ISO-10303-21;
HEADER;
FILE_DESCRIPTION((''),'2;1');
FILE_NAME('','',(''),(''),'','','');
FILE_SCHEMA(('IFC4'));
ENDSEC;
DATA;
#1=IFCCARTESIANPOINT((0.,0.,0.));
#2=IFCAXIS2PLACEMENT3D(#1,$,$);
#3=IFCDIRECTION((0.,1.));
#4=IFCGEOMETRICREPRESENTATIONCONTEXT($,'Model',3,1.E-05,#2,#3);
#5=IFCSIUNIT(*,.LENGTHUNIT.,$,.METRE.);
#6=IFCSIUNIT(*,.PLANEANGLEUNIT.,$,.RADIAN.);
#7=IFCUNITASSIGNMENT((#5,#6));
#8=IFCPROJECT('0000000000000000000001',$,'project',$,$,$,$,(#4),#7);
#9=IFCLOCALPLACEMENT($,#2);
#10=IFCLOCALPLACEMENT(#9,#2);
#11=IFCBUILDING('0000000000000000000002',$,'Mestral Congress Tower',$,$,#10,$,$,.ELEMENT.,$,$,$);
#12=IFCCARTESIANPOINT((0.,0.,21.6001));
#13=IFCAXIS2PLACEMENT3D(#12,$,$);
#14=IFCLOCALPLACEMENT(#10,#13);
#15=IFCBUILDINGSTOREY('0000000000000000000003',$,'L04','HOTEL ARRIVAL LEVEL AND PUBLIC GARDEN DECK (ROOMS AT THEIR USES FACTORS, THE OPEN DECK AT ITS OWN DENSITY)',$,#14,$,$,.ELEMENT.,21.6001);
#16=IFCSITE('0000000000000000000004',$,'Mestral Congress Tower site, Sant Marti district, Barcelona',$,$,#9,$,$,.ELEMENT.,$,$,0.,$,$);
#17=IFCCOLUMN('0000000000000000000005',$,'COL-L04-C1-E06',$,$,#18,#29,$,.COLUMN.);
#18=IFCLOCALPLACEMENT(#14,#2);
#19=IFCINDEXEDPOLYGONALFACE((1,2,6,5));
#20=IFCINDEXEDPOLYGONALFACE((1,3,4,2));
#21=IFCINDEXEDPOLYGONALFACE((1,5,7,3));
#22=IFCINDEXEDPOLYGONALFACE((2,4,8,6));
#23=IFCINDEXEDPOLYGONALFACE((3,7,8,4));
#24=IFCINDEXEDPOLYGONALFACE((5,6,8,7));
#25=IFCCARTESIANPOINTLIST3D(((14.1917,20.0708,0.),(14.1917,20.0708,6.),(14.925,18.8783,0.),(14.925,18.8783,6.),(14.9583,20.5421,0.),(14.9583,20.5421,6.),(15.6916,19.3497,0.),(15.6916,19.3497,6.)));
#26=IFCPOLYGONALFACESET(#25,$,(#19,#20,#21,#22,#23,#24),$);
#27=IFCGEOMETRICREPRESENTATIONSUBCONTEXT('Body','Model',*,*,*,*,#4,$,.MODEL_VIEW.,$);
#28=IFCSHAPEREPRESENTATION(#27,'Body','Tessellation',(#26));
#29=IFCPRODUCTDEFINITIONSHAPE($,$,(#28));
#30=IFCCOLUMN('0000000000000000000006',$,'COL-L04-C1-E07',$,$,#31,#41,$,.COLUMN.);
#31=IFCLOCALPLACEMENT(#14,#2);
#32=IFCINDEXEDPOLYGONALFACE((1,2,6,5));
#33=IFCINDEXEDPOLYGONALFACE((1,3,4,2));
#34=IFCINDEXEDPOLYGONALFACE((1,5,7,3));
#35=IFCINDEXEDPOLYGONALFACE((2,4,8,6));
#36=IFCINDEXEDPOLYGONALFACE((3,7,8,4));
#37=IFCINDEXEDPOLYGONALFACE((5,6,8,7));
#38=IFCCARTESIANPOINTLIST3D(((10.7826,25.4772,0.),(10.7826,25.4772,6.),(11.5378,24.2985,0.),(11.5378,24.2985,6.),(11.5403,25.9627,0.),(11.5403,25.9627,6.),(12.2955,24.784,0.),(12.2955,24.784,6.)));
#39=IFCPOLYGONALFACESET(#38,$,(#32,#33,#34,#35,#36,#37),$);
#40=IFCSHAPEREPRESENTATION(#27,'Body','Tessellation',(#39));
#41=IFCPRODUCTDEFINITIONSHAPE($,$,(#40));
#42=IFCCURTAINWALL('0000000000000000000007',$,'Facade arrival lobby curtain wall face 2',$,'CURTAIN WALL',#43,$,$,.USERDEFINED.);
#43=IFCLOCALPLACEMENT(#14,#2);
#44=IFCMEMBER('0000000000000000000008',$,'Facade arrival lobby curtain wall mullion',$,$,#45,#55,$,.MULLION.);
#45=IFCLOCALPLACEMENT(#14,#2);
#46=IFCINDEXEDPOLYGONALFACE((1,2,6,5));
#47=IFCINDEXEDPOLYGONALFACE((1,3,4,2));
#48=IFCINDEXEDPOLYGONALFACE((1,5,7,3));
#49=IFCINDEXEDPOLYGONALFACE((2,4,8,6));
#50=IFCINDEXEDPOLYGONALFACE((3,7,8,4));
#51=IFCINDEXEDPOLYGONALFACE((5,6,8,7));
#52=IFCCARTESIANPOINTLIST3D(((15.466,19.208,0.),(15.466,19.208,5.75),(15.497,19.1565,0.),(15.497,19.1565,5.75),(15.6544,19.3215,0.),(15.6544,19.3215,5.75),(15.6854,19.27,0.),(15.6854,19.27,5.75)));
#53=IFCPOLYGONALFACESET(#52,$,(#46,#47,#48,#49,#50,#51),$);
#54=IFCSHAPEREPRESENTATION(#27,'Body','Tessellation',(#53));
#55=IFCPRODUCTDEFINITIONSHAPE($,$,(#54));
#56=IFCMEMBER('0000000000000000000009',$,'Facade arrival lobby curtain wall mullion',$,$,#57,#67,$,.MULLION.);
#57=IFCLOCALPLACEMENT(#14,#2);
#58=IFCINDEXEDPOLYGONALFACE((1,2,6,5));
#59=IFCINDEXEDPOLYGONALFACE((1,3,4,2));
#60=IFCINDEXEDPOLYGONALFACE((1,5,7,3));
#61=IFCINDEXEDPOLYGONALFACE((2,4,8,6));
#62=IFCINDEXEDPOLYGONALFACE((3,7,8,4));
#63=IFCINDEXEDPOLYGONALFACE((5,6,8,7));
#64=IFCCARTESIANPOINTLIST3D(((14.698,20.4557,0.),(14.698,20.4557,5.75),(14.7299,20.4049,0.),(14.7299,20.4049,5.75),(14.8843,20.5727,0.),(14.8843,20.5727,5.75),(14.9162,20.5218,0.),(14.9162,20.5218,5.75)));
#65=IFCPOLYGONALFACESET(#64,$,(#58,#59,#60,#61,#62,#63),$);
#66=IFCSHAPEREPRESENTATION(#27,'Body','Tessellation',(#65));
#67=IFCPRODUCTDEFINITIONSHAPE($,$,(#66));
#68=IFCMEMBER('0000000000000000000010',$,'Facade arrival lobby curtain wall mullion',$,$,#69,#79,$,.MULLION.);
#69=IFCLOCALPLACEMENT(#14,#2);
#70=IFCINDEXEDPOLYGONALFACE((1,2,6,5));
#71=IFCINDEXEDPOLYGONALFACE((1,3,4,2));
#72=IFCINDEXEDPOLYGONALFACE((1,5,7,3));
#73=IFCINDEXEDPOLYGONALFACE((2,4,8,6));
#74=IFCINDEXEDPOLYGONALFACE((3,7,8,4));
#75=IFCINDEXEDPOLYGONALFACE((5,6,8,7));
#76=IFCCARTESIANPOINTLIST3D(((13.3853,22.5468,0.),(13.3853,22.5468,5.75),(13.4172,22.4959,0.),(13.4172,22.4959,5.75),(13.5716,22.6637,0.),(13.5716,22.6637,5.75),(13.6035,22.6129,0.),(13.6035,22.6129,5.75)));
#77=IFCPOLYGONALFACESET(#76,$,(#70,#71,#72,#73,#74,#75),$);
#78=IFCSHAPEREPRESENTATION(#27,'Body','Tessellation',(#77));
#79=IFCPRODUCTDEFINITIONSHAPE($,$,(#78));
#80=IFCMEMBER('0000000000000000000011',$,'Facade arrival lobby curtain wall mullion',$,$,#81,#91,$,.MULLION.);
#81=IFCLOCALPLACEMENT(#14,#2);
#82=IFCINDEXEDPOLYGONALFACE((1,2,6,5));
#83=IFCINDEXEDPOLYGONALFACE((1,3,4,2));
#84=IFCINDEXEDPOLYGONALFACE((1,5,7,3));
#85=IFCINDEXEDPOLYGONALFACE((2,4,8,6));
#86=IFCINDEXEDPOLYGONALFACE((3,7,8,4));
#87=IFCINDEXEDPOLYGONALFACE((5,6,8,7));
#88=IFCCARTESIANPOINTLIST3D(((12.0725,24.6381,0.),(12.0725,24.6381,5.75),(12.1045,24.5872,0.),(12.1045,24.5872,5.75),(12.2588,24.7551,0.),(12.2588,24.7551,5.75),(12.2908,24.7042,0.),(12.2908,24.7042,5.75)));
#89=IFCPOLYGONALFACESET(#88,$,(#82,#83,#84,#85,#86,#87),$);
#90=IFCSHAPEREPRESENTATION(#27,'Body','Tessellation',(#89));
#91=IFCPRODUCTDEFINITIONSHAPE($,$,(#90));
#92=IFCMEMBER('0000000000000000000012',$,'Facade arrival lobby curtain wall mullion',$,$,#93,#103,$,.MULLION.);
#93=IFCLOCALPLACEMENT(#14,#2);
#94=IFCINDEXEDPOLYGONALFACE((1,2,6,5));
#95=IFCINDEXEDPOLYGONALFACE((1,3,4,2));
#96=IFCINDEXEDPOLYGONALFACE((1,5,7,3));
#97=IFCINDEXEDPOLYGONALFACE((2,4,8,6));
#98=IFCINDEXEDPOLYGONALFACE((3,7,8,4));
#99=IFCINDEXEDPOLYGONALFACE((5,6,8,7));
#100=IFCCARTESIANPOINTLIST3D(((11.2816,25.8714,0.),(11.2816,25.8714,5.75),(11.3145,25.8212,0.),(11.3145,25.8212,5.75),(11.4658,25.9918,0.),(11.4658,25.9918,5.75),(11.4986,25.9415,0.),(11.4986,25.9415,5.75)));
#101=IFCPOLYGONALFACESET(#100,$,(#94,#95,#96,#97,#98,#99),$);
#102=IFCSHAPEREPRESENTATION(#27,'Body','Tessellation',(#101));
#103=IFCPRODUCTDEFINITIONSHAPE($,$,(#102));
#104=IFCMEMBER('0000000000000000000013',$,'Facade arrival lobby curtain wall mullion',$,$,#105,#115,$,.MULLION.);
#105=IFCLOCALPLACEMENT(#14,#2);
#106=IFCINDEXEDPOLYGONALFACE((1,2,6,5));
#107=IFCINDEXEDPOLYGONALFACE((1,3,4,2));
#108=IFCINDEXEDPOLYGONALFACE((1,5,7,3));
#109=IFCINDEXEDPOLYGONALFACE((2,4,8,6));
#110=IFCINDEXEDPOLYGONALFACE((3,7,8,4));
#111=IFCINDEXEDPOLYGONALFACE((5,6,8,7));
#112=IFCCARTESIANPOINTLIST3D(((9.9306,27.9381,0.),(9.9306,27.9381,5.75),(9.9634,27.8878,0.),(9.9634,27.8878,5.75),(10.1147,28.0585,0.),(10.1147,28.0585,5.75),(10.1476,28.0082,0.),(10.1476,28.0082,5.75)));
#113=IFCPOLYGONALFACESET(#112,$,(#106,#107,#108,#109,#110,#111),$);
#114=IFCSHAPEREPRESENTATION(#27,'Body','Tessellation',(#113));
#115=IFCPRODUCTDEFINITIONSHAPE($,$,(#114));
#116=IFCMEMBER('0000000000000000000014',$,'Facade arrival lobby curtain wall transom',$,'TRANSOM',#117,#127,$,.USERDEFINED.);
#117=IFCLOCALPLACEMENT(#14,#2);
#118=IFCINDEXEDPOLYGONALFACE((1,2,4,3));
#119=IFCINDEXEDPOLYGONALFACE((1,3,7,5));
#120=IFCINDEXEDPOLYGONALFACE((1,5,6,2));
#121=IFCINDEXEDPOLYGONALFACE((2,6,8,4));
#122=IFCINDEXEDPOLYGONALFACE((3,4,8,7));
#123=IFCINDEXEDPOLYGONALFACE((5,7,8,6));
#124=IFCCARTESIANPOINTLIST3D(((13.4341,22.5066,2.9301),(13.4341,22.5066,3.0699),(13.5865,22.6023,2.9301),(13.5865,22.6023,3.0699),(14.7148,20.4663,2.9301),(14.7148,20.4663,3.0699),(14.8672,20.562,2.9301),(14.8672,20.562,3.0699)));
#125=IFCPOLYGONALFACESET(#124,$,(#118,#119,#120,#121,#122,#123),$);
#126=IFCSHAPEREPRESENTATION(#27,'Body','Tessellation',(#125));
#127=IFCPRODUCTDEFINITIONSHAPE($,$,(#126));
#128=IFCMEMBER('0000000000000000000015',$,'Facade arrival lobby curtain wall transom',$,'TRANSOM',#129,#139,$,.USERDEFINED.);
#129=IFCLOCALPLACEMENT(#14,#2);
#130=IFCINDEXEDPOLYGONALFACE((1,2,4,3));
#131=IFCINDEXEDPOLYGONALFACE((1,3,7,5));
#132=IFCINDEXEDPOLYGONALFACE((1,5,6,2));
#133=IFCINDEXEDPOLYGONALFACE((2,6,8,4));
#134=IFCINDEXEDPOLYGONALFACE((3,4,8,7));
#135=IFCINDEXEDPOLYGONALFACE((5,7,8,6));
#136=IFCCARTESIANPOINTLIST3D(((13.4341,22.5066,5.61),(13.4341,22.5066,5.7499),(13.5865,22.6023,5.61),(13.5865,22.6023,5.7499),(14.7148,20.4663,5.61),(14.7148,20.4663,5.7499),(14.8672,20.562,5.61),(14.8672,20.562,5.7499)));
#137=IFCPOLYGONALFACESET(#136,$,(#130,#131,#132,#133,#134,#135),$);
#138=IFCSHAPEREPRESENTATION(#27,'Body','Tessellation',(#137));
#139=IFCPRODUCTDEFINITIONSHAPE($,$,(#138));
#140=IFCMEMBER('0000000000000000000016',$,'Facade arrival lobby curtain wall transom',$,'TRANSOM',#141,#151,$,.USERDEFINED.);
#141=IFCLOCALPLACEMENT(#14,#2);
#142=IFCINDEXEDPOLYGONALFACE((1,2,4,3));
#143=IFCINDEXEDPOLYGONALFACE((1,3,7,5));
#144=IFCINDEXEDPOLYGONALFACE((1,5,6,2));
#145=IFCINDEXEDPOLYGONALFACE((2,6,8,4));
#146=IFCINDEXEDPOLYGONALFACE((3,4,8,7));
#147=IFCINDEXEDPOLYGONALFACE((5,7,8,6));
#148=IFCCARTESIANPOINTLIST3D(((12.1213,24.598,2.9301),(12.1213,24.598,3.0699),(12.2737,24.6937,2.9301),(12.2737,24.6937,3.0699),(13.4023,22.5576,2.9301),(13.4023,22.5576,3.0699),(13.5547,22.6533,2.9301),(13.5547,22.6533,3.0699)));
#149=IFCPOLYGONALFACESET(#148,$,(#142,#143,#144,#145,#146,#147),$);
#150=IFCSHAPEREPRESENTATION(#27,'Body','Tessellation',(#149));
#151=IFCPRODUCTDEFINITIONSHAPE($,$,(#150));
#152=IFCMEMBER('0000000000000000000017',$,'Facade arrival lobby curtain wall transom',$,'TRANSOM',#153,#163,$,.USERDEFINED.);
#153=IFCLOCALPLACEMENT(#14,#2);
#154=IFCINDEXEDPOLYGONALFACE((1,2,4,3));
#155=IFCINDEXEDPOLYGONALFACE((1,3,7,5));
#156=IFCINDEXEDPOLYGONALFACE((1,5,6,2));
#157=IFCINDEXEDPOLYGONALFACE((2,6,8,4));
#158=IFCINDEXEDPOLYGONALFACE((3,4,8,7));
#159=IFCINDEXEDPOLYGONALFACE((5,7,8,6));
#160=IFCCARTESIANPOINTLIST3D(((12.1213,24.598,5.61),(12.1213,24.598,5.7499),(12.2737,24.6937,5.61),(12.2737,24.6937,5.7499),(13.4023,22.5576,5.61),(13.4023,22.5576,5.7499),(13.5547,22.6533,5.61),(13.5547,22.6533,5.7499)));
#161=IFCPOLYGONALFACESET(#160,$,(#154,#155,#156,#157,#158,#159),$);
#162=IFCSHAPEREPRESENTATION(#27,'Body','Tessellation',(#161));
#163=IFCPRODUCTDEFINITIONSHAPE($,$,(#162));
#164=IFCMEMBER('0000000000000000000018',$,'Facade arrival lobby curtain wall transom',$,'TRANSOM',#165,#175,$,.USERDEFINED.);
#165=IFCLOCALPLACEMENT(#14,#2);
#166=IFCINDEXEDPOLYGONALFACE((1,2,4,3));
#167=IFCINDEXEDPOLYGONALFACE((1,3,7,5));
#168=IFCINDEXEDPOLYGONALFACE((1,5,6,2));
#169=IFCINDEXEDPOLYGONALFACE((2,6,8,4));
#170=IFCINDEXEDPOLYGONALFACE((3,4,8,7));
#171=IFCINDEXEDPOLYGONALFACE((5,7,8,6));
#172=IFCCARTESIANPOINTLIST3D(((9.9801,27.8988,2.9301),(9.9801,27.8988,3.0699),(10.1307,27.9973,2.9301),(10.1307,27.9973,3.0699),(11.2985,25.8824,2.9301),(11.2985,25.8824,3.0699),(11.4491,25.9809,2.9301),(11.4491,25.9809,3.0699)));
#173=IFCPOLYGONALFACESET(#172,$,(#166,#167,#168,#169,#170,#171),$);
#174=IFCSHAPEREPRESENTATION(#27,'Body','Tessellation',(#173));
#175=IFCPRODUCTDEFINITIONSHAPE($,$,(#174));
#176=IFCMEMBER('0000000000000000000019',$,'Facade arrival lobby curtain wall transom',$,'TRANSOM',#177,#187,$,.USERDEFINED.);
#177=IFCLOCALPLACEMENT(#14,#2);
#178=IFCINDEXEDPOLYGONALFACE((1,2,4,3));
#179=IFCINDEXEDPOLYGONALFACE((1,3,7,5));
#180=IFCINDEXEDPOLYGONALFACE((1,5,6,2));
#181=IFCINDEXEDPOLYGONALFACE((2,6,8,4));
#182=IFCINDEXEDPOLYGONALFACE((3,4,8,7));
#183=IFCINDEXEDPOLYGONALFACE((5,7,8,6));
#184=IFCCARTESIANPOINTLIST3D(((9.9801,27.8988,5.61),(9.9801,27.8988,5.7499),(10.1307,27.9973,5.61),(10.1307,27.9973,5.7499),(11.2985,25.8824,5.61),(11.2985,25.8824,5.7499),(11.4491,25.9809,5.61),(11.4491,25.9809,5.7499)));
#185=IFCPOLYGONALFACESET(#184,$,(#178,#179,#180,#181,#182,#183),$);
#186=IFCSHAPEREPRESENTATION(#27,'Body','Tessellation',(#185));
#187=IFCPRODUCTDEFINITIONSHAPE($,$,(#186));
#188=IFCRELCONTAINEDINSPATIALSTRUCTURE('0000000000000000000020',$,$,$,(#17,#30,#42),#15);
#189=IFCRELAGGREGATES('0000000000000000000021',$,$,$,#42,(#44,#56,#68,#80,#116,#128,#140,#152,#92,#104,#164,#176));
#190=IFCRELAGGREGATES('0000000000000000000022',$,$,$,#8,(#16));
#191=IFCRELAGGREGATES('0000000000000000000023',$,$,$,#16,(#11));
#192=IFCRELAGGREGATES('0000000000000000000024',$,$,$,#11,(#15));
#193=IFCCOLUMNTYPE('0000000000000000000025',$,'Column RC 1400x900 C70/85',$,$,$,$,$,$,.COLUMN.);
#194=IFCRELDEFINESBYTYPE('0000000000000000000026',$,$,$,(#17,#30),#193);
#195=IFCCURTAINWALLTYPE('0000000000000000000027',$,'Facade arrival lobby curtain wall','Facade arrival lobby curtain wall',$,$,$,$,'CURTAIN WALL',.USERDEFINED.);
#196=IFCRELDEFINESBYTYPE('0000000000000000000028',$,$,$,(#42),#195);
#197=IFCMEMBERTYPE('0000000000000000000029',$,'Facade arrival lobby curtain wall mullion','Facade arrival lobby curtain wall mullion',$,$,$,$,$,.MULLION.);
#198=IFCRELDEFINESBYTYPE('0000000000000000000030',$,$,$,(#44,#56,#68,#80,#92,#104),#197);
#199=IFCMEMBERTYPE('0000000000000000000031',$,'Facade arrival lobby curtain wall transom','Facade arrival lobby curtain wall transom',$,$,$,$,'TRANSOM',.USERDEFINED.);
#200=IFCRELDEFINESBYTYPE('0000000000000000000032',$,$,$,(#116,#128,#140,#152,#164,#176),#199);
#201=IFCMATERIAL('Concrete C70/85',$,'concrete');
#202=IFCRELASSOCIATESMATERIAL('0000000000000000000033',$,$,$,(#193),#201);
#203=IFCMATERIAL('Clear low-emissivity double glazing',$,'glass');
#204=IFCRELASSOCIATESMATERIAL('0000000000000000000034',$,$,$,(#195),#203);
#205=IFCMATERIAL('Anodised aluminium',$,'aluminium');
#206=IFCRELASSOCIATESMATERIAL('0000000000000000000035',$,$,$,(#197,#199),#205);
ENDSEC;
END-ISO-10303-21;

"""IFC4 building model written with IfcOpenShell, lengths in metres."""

from ifc_helpers import new_model, si_unit, direction, frame, origin, origin_2d, place, context, subcontext, project, spatial, rectangle, extrude, material, material_profile, profile_set, type_object, element, aggregate, save


model = new_model("IFC4")

# Units and contexts
model_context = context("Model", 3, precision=1e-05, world=origin(), true_north=direction((0.0, 1.0)))
body_context = subcontext(model_context, "Body", "Model", "MODEL_VIEW")
ifc_project = project(units=[si_unit("LENGTHUNIT", "METRE"), si_unit("PLANEANGLEUNIT", "RADIAN")], contexts=[model_context])

# Site, building, storey
site_placement = place(None, origin())
site = spatial("IfcSite", under=ifc_project, at=site_placement, Name="Mestral Congress Tower site, Sant Marti district, Barcelona", CompositionType="ELEMENT", RefElevation=0.0)
building_placement = place(site_placement, origin())
building = spatial("IfcBuilding", under=site, at=building_placement, Name="Mestral Congress Tower", CompositionType="ELEMENT")
storey_placement = place(building_placement, frame((0.0, 0.0, 21.6001)))
storey = spatial("IfcBuildingStorey", under=building, at=storey_placement, Name="L04", Description="HOTEL ARRIVAL LEVEL AND PUBLIC GARDEN DECK (ROOMS AT THEIR USES FACTORS, THE OPEN DECK AT ITS OWN DENSITY)", CompositionType="ELEMENT", Elevation=21.6001)

# Columns
ifc_material_1 = material(Name="Concrete C70/85", Category="concrete")
ifc_material_profile_1 = material_profile(ifc_material_1, rectangle(XDim=1.3999, YDim=0.8999, at=origin_2d()), Name="RC 1400x900")
ifc_profile_set_1 = profile_set([ifc_material_profile_1], Name="Concrete C70/85")
column_type = type_object("IfcColumnType", Name="Column RC 1400x900 C70/85", PredefinedType="COLUMN", material=ifc_profile_set_1)
for number, where, z_axis, x_axis, name in (
    (1, (14.9417, 19.7102, 0.0), (0.0, 0.0, 1.0), (-0.523819, 0.851829, 0.0), "COL-L04-C1-E06"),
    (2, (11.5391, 25.1306, 0.0), (0.0, 0.0, 1.0), (-0.539476, 0.842001, 0.0), "COL-L04-C1-E07"),
):
    element("IfcColumn", number, at=place(storey_placement, frame(where, z_axis=z_axis, x_axis=x_axis)), inside=storey, type_object=column_type, Name=name, PredefinedType="COLUMN", context=body_context, shape_type="SweptSolid", body=[
        extrude(rectangle(XDim=1.3999, YDim=0.8999, at=origin_2d()), origin(), (0.0, 0.0, 1.0), 6.0),
    ])

# Curtain wall, members
ifc_material_2 = material(Name="Clear low-emissivity double glazing", Category="glass")
curtain_wall_type = type_object("IfcCurtainWallType", Name="Facade arrival lobby curtain wall", Description="Facade arrival lobby curtain wall", ElementType="CURTAIN WALL", PredefinedType="USERDEFINED", material=ifc_material_2)
curtain_wall_placement = place(storey_placement, origin())
curtain_wall = element("IfcCurtainWall", 3, at=curtain_wall_placement, inside=storey, type_object=curtain_wall_type, Name="Facade arrival lobby curtain wall face 2", ObjectType="CURTAIN WALL", PredefinedType="USERDEFINED")
ifc_material_3 = material(Name="Anodised aluminium", Category="aluminium")
ifc_material_profile_2 = material_profile(ifc_material_3, rectangle(XDim=0.22, YDim=0.0601, at=origin_2d()), Name="CW4 mullion 220 x 60")
ifc_profile_set_2 = profile_set([ifc_material_profile_2], Name="Anodised aluminium")
member_type_1 = type_object("IfcMemberType", Name="Facade arrival lobby curtain wall mullion", Description="Facade arrival lobby curtain wall mullion", PredefinedType="MULLION", material=ifc_profile_set_2)
member_1_placement = place(storey_placement, frame((15.5757, 19.239, 0.0), z_axis=(0.0, 0.0, 1.0), x_axis=(0.856631, 0.515929, 0.0)))
member_1 = element("IfcMember", 4, at=member_1_placement, type_object=member_type_1, Name="Facade arrival lobby curtain wall mullion", PredefinedType="MULLION", context=body_context, shape_type="SweptSolid", body=[
    extrude(rectangle(XDim=0.22, YDim=0.0601, at=origin_2d()), origin(), (0.0, 0.0, 1.0), 5.75),
])
member_2_placement = place(storey_placement, frame((14.8071, 20.4888, 0.0), z_axis=(0.0, 0.0, 1.0), x_axis=(0.846953, 0.531668, 0.0)))
member_2 = element("IfcMember", 5, at=member_2_placement, type_object=member_type_1, Name="Facade arrival lobby curtain wall mullion", PredefinedType="MULLION", context=body_context, shape_type="SweptSolid", body=[
    extrude(rectangle(XDim=0.22, YDim=0.0601, at=origin_2d()), origin(), (0.0, 0.0, 1.0), 5.75),
])
member_3_placement = place(storey_placement, frame((13.4944, 22.5798, 0.0), z_axis=(0.0, 0.0, 1.0), x_axis=(0.846953, 0.531668, 0.0)))
member_3 = element("IfcMember", 6, at=member_3_placement, type_object=member_type_1, Name="Facade arrival lobby curtain wall mullion", PredefinedType="MULLION", context=body_context, shape_type="SweptSolid", body=[
    extrude(rectangle(XDim=0.22, YDim=0.0601, at=origin_2d()), origin(), (0.0, 0.0, 1.0), 5.75),
])
member_4_placement = place(storey_placement, frame((12.1816, 24.6711, 0.0), z_axis=(0.0, 0.0, 1.0), x_axis=(0.846953, 0.531668, 0.0)))
member_4 = element("IfcMember", 7, at=member_4_placement, type_object=member_type_1, Name="Facade arrival lobby curtain wall mullion", PredefinedType="MULLION", context=body_context, shape_type="SweptSolid", body=[
    extrude(rectangle(XDim=0.22, YDim=0.0601, at=origin_2d()), origin(), (0.0, 0.0, 1.0), 5.75),
])
member_5_placement = place(storey_placement, frame((11.3901, 25.9065, 0.0), z_axis=(0.0, 0.0, 1.0), x_axis=(0.836982, 0.54723, 0.0)))
member_5 = element("IfcMember", 8, at=member_5_placement, type_object=member_type_1, Name="Facade arrival lobby curtain wall mullion", PredefinedType="MULLION", context=body_context, shape_type="SweptSolid", body=[
    extrude(rectangle(XDim=0.22, YDim=0.0601, at=origin_2d()), origin(), (0.0, 0.0, 1.0), 5.75),
])
member_6_placement = place(storey_placement, frame((10.0391, 27.9731, 0.0), z_axis=(0.0, 0.0, 1.0), x_axis=(0.836982, 0.54723, 0.0)))
member_6 = element("IfcMember", 9, at=member_6_placement, type_object=member_type_1, Name="Facade arrival lobby curtain wall mullion", PredefinedType="MULLION", context=body_context, shape_type="SweptSolid", body=[
    extrude(rectangle(XDim=0.22, YDim=0.0601, at=origin_2d()), origin(), (0.0, 0.0, 1.0), 5.75),
])
ifc_material_profile_3 = material_profile(ifc_material_3, rectangle(XDim=0.1799, YDim=0.1399, at=origin_2d()), Name="CW4 transom 180 x 140")
ifc_profile_set_3 = profile_set([ifc_material_profile_3], Name="Anodised aluminium")
member_type_2 = type_object("IfcMemberType", Name="Facade arrival lobby curtain wall transom", Description="Facade arrival lobby curtain wall transom", ElementType="TRANSOM", PredefinedType="USERDEFINED", material=ifc_profile_set_3)
member_7_placement = place(storey_placement, frame((14.791, 20.5142, 3.0), z_axis=(-0.531665, 0.846955, 0.0), x_axis=(-0.846955, -0.531665, 0.0)))
member_7 = element("IfcMember", 10, at=member_7_placement, type_object=member_type_2, Name="Facade arrival lobby curtain wall transom", ObjectType="TRANSOM", PredefinedType="USERDEFINED", context=body_context, shape_type="SweptSolid", body=[
    extrude(rectangle(XDim=0.1799, YDim=0.1399, at=origin_2d()), origin(), (0.0, 0.0, 1.0), 2.4089),
])
member_8_placement = place(storey_placement, frame((14.791, 20.5142, 5.6799), z_axis=(-0.531665, 0.846955, 0.0), x_axis=(-0.846955, -0.531665, 0.0)))
member_8 = element("IfcMember", 11, at=member_8_placement, type_object=member_type_2, Name="Facade arrival lobby curtain wall transom", ObjectType="TRANSOM", PredefinedType="USERDEFINED", context=body_context, shape_type="SweptSolid", body=[
    extrude(rectangle(XDim=0.1799, YDim=0.1399, at=origin_2d()), origin(), (0.0, 0.0, 1.0), 2.4089),
])
member_9_placement = place(storey_placement, frame((13.4785, 22.6055, 3.0), z_axis=(-0.531738, 0.846909, 0.0), x_axis=(-0.846909, -0.531738, 0.0)))
member_9 = element("IfcMember", 12, at=member_9_placement, type_object=member_type_2, Name="Facade arrival lobby curtain wall transom", ObjectType="TRANSOM", PredefinedType="USERDEFINED", context=body_context, shape_type="SweptSolid", body=[
    extrude(rectangle(XDim=0.1799, YDim=0.1399, at=origin_2d()), origin(), (0.0, 0.0, 1.0), 2.4092),
])
member_10_placement = place(storey_placement, frame((13.4785, 22.6055, 5.6799), z_axis=(-0.531738, 0.846909, 0.0), x_axis=(-0.846909, -0.531738, 0.0)))
member_10 = element("IfcMember", 13, at=member_10_placement, type_object=member_type_2, Name="Facade arrival lobby curtain wall transom", ObjectType="TRANSOM", PredefinedType="USERDEFINED", context=body_context, shape_type="SweptSolid", body=[
    extrude(rectangle(XDim=0.1799, YDim=0.1399, at=origin_2d()), origin(), (0.0, 0.0, 1.0), 2.4092),
])
member_11_placement = place(storey_placement, frame((11.3738, 25.9316, 3.0), z_axis=(-0.547241, 0.836975, 0.0), x_axis=(-0.836975, -0.547241, 0.0)))
member_11 = element("IfcMember", 14, at=member_11_placement, type_object=member_type_2, Name="Facade arrival lobby curtain wall transom", ObjectType="TRANSOM", PredefinedType="USERDEFINED", context=body_context, shape_type="SweptSolid", body=[
    extrude(rectangle(XDim=0.1799, YDim=0.1399, at=origin_2d()), origin(), (0.0, 0.0, 1.0), 2.4092),
])
member_12_placement = place(storey_placement, frame((11.3738, 25.9316, 5.6799), z_axis=(-0.547241, 0.836975, 0.0), x_axis=(-0.836975, -0.547241, 0.0)))
member_12 = element("IfcMember", 15, at=member_12_placement, type_object=member_type_2, Name="Facade arrival lobby curtain wall transom", ObjectType="TRANSOM", PredefinedType="USERDEFINED", context=body_context, shape_type="SweptSolid", body=[
    extrude(rectangle(XDim=0.1799, YDim=0.1399, at=origin_2d()), origin(), (0.0, 0.0, 1.0), 2.4092),
])

aggregate(curtain_wall, [member_1, member_2, member_3, member_4, member_7, member_8, member_9, member_10, member_5, member_6, member_11, member_12])

save(model, "model.ifc")
